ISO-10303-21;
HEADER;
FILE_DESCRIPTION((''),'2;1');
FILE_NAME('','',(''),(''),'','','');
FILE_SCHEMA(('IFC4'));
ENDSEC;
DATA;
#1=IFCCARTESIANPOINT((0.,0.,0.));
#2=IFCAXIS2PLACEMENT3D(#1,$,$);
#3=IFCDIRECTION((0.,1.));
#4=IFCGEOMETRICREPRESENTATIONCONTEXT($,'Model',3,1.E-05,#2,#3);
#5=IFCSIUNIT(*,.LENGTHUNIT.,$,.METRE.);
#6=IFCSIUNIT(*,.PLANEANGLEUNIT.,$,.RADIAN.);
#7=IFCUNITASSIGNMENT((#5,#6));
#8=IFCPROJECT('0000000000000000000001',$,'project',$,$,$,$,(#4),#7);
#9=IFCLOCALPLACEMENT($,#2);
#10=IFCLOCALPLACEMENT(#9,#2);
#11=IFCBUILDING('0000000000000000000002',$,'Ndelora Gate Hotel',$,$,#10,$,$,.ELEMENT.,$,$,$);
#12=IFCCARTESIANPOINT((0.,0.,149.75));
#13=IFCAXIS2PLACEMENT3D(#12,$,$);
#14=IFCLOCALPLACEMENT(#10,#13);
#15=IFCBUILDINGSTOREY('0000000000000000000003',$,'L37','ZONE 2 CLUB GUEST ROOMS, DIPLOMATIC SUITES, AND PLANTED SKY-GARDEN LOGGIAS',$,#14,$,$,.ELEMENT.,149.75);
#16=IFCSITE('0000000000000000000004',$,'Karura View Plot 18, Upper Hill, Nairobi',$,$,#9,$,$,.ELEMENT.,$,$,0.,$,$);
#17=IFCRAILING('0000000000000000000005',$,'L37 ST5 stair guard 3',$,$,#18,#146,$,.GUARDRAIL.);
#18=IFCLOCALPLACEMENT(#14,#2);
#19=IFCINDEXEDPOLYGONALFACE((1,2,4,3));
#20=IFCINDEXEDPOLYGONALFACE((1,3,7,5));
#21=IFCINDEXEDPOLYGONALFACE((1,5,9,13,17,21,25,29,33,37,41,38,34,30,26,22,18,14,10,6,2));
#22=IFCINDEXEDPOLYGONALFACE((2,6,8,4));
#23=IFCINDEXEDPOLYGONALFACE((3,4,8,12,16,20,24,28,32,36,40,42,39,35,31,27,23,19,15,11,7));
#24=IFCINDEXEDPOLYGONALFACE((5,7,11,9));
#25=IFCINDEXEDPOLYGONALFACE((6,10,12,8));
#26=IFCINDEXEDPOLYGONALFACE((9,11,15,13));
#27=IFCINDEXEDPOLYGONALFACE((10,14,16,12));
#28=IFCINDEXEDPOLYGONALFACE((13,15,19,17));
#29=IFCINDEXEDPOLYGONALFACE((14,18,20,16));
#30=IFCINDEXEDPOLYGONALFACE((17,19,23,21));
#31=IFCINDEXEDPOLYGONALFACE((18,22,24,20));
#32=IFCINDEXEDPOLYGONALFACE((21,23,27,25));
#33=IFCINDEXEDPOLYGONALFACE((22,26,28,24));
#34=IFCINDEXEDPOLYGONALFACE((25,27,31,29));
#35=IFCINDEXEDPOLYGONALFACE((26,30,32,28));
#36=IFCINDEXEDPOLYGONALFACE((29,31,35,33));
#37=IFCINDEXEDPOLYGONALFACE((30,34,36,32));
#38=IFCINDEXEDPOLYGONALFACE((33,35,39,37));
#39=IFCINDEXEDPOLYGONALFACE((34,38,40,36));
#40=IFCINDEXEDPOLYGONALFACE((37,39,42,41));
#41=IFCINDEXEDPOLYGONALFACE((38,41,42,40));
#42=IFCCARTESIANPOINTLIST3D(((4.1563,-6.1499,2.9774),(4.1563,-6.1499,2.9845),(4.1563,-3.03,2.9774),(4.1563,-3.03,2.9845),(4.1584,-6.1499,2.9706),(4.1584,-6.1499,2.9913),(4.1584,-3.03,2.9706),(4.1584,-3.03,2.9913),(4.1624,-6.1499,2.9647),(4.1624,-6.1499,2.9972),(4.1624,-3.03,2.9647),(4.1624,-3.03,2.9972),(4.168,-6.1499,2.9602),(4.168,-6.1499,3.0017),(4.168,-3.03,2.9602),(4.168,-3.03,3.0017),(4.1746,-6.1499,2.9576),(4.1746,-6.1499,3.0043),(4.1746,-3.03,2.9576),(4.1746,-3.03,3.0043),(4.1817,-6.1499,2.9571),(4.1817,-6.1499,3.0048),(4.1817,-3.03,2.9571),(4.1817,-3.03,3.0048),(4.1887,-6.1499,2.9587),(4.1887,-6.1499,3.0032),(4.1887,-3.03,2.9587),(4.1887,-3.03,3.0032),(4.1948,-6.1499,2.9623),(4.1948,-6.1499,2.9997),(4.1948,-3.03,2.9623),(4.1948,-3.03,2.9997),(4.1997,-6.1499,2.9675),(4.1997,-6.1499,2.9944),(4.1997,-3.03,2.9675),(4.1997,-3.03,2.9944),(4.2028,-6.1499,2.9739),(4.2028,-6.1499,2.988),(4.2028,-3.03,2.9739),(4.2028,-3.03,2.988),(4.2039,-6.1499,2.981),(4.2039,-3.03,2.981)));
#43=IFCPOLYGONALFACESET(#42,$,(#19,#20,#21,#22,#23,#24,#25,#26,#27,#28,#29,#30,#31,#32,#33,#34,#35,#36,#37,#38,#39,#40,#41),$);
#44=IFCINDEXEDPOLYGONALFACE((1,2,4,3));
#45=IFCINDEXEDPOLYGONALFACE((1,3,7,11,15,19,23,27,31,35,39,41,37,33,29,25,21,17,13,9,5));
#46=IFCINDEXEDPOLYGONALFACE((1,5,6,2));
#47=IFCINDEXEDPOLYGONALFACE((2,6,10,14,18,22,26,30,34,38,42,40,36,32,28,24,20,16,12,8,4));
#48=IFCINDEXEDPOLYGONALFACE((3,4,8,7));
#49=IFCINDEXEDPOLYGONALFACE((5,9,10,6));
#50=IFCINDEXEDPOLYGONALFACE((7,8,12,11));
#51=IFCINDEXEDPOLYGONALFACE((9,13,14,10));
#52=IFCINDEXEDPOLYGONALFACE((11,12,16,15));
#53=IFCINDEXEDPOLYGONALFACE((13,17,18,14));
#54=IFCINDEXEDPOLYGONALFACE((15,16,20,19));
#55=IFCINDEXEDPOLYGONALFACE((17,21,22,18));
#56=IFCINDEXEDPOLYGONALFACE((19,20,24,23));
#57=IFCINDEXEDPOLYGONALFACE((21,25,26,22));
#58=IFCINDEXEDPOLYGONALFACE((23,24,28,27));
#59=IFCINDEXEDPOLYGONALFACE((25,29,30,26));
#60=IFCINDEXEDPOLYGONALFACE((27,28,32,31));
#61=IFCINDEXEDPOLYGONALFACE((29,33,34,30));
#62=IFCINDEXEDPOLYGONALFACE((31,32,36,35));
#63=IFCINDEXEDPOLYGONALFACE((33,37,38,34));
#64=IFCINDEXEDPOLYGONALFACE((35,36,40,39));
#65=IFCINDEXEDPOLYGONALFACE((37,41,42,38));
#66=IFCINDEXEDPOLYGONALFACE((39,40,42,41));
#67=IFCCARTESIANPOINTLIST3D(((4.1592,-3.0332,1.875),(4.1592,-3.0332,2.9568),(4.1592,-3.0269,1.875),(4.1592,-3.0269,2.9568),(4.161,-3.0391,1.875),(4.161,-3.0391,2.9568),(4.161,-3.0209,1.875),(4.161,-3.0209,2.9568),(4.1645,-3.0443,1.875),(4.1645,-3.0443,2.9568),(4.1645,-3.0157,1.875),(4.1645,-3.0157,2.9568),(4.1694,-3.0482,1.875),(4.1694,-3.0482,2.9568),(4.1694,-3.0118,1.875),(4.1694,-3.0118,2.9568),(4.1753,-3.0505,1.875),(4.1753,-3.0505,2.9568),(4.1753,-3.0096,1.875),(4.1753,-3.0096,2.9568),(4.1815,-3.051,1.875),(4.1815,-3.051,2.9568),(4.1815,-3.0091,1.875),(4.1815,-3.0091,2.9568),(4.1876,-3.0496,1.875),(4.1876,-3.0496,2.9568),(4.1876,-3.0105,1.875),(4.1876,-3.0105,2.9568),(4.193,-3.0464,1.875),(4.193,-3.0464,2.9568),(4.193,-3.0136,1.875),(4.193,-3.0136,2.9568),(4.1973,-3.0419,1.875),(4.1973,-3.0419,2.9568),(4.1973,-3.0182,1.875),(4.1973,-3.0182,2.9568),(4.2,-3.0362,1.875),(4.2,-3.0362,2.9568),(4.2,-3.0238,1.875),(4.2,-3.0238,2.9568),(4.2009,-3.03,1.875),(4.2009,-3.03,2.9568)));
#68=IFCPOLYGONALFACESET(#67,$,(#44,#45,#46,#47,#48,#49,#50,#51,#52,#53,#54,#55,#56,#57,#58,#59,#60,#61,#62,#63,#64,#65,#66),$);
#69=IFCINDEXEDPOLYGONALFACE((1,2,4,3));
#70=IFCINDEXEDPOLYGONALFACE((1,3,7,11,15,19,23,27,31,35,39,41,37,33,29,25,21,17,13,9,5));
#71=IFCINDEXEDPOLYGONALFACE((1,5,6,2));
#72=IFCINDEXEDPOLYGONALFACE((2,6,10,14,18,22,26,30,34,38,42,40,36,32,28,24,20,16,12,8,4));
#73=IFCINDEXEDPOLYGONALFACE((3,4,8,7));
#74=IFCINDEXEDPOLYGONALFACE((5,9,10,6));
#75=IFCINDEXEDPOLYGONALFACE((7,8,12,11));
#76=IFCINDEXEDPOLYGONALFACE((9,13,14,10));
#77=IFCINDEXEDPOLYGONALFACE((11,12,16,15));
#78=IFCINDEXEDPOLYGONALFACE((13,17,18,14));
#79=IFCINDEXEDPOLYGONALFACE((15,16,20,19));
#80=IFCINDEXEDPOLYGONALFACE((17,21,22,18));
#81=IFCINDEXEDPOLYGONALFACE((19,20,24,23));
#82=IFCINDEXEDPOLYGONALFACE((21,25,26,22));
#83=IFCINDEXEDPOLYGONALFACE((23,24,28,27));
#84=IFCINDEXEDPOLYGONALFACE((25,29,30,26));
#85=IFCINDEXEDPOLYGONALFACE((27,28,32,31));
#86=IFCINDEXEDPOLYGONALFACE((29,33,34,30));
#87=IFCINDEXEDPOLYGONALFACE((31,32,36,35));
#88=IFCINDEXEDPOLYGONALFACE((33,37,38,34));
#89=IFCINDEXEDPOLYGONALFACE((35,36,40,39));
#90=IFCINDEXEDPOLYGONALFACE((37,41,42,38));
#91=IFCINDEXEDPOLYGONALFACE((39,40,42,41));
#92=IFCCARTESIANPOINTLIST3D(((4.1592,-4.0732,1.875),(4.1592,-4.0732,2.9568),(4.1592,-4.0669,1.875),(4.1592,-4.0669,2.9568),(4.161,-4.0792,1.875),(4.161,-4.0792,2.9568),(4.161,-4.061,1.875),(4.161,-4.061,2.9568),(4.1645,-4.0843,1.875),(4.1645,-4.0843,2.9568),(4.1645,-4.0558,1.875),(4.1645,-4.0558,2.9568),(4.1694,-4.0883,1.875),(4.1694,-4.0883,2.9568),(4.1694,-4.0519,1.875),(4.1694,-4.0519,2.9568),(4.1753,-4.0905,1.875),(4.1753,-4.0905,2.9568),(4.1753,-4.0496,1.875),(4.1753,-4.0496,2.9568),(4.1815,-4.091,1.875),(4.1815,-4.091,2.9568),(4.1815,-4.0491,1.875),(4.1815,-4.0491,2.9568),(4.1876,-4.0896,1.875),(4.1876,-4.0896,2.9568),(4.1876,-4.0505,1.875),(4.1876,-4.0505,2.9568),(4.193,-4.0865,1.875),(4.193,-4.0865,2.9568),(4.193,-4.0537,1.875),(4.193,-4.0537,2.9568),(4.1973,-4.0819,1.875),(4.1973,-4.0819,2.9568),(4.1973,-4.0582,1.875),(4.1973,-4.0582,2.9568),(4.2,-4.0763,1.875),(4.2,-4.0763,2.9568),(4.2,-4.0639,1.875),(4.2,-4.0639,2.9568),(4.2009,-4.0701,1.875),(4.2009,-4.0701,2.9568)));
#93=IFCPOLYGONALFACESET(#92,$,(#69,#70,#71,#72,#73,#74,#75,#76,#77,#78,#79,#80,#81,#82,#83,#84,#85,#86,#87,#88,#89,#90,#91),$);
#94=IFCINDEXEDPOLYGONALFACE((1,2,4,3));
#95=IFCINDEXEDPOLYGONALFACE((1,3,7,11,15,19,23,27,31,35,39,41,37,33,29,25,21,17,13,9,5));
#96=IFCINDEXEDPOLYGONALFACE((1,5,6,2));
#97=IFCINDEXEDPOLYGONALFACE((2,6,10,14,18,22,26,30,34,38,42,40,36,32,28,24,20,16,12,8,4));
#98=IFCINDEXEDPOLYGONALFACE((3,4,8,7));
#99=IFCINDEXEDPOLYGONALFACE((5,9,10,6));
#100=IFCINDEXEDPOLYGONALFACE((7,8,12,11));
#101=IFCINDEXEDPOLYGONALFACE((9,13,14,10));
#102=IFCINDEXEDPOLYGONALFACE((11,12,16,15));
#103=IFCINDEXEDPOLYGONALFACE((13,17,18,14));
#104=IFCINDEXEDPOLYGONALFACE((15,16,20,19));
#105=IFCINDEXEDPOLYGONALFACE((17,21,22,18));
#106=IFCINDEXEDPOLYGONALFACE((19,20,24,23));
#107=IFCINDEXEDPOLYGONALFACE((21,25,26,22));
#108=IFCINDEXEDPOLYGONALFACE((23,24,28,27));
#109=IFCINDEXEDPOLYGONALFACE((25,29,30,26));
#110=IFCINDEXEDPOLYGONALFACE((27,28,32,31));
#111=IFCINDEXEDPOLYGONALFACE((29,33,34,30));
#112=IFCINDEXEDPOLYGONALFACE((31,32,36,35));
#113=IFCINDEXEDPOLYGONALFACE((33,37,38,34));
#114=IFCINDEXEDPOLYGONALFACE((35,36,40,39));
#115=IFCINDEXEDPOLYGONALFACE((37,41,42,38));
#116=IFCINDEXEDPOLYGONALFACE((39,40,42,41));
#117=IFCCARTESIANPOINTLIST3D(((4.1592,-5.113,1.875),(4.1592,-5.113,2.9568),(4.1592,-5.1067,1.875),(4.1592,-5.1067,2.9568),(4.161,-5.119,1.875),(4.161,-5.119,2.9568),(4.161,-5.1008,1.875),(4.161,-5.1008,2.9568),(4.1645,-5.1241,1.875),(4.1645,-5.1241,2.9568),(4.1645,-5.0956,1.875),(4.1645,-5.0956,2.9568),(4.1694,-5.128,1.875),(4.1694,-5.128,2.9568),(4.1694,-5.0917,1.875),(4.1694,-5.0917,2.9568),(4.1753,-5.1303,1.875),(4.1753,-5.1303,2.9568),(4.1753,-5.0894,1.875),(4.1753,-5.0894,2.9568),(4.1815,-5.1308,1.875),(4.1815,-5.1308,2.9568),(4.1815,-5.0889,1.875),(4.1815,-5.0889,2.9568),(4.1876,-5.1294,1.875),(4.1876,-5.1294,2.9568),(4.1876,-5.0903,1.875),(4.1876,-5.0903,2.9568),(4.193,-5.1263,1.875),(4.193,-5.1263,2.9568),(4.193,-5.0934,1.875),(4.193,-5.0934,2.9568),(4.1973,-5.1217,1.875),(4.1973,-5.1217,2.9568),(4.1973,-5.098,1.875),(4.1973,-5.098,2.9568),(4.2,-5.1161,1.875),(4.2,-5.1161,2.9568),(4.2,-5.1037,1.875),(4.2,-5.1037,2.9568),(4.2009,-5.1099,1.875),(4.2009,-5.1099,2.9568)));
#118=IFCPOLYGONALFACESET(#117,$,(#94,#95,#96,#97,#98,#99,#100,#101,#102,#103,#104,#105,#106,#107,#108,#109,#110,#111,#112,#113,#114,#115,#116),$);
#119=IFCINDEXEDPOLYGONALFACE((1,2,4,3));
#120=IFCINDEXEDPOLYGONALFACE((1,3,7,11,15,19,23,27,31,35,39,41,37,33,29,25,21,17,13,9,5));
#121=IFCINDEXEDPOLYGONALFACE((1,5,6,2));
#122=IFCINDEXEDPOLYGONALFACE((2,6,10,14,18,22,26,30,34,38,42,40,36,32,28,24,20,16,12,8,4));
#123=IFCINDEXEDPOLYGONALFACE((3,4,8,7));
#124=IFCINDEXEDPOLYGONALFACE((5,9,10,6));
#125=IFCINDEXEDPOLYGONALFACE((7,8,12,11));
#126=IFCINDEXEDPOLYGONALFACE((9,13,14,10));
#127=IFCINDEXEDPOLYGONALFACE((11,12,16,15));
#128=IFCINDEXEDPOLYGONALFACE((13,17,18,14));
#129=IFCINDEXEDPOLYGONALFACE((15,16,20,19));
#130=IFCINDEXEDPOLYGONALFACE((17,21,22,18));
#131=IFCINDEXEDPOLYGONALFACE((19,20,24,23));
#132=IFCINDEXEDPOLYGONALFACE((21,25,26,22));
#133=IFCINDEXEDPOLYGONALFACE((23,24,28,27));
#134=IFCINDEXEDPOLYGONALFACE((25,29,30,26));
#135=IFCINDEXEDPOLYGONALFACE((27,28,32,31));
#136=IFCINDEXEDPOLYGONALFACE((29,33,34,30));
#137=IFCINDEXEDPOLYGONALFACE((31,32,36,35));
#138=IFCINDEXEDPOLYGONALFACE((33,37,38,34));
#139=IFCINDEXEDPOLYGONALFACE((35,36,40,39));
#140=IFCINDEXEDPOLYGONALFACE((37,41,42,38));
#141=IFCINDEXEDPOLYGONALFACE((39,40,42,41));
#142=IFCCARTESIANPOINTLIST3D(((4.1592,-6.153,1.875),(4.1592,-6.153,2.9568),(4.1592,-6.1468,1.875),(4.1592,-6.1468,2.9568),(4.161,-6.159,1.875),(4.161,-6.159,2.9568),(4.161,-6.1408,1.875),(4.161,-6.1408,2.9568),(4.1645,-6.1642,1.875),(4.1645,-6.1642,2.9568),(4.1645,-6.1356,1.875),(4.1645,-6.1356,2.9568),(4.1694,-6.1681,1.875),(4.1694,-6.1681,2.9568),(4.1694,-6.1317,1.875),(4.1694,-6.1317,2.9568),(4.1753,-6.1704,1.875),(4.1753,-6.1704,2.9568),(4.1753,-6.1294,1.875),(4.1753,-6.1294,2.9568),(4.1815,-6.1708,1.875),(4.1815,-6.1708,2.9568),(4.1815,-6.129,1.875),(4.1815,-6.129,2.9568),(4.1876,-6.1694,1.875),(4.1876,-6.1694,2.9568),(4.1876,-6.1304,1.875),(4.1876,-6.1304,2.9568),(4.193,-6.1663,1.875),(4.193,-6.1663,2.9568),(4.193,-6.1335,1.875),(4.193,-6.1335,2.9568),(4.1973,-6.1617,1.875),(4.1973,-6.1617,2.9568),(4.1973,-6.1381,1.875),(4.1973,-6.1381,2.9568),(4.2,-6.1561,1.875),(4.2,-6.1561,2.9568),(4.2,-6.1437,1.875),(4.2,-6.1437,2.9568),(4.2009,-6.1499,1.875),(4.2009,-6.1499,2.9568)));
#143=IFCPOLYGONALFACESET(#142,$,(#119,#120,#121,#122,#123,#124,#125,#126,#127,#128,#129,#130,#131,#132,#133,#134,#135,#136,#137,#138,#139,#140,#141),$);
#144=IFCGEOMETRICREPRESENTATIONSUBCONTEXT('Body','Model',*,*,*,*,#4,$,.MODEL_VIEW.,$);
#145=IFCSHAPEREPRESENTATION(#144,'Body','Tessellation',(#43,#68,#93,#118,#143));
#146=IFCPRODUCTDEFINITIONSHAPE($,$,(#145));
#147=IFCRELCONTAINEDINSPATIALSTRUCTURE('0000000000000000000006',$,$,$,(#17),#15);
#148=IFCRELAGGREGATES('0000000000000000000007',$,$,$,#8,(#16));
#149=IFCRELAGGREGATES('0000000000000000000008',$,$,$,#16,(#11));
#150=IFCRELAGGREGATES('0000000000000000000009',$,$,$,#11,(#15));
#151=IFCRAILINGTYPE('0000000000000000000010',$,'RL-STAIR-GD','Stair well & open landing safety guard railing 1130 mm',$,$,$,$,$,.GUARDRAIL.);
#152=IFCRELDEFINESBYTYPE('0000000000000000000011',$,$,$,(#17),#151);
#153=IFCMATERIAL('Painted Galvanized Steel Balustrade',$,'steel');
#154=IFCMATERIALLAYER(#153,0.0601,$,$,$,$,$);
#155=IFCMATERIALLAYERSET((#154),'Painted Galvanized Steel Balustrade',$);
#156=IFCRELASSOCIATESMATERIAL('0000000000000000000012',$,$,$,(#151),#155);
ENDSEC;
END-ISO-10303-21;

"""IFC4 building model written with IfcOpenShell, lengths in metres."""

from ifc_helpers import new_model, si_unit, direction, frame, origin, origin_2d, place, context, subcontext, project, spatial, circle, extrude, material, layer, layer_set, type_object, element, save


model = new_model("IFC4")

# Units and contexts
model_context = context("Model", 3, precision=1e-05, world=origin(), true_north=direction((0.0, 1.0)))
body_context = subcontext(model_context, "Body", "Model", "MODEL_VIEW")
ifc_project = project(units=[si_unit("LENGTHUNIT", "METRE"), si_unit("PLANEANGLEUNIT", "RADIAN")], contexts=[model_context])

# Site, building, storey
site_placement = place(None, origin())
site = spatial("IfcSite", under=ifc_project, at=site_placement, Name="Karura View Plot 18, Upper Hill, Nairobi", CompositionType="ELEMENT", RefElevation=0.0)
building_placement = place(site_placement, origin())
building = spatial("IfcBuilding", under=site, at=building_placement, Name="Ndelora Gate Hotel", CompositionType="ELEMENT")
storey_placement = place(building_placement, frame((0.0, 0.0, 149.75)))
storey = spatial("IfcBuildingStorey", under=building, at=storey_placement, Name="L37", Description="ZONE 2 CLUB GUEST ROOMS, DIPLOMATIC SUITES, AND PLANTED SKY-GARDEN LOGGIAS", CompositionType="ELEMENT", Elevation=149.75)

# Railing
ifc_material_1 = material(Name="Painted Galvanized Steel Balustrade", Category="steel")
ifc_layer_1 = layer(ifc_material_1, 0.0601)
ifc_layer_set_1 = layer_set([ifc_layer_1], Name="Painted Galvanized Steel Balustrade")
railing_type_1 = type_object("IfcRailingType", Name="RL-STAIR-GD", Description="Stair well & open landing safety guard railing 1130 mm", PredefinedType="GUARDRAIL", material=ifc_layer_set_1)
for number, where, name in (
    (1, (4.1799, -3.03, 1.875), "L37 ST5 stair guard 3"),
):
    element("IfcRailing", number, at=place(storey_placement, frame(where)), inside=storey, type_object=railing_type_1, Name=name, PredefinedType="GUARDRAIL", context=body_context, shape_type="SweptSolid", body=[
        extrude(circle(Radius=0.0239, at=origin_2d()), frame((0.0, 0.0, 1.106), z_axis=(0.0, -1.0, 0.0), x_axis=(1.0, 0.0, 0.0)), (0.0, 0.0, 1.0), 3.1199),
        extrude(circle(Radius=0.021, at=origin_2d()), origin(), (0.0, 0.0, 1.0), 1.0818),
        extrude(circle(Radius=0.021, at=origin_2d()), frame((0.0, -1.04, 0.0)), (0.0, 0.0, 1.0), 1.0818),
        extrude(circle(Radius=0.021, at=origin_2d()), frame((0.0, -2.0798, 0.0)), (0.0, 0.0, 1.0), 1.0818),
        extrude(circle(Radius=0.021, at=origin_2d()), frame((0.0, -3.1199, 0.0)), (0.0, 0.0, 1.0), 1.0818),
    ])

save(model, "model.ifc")
